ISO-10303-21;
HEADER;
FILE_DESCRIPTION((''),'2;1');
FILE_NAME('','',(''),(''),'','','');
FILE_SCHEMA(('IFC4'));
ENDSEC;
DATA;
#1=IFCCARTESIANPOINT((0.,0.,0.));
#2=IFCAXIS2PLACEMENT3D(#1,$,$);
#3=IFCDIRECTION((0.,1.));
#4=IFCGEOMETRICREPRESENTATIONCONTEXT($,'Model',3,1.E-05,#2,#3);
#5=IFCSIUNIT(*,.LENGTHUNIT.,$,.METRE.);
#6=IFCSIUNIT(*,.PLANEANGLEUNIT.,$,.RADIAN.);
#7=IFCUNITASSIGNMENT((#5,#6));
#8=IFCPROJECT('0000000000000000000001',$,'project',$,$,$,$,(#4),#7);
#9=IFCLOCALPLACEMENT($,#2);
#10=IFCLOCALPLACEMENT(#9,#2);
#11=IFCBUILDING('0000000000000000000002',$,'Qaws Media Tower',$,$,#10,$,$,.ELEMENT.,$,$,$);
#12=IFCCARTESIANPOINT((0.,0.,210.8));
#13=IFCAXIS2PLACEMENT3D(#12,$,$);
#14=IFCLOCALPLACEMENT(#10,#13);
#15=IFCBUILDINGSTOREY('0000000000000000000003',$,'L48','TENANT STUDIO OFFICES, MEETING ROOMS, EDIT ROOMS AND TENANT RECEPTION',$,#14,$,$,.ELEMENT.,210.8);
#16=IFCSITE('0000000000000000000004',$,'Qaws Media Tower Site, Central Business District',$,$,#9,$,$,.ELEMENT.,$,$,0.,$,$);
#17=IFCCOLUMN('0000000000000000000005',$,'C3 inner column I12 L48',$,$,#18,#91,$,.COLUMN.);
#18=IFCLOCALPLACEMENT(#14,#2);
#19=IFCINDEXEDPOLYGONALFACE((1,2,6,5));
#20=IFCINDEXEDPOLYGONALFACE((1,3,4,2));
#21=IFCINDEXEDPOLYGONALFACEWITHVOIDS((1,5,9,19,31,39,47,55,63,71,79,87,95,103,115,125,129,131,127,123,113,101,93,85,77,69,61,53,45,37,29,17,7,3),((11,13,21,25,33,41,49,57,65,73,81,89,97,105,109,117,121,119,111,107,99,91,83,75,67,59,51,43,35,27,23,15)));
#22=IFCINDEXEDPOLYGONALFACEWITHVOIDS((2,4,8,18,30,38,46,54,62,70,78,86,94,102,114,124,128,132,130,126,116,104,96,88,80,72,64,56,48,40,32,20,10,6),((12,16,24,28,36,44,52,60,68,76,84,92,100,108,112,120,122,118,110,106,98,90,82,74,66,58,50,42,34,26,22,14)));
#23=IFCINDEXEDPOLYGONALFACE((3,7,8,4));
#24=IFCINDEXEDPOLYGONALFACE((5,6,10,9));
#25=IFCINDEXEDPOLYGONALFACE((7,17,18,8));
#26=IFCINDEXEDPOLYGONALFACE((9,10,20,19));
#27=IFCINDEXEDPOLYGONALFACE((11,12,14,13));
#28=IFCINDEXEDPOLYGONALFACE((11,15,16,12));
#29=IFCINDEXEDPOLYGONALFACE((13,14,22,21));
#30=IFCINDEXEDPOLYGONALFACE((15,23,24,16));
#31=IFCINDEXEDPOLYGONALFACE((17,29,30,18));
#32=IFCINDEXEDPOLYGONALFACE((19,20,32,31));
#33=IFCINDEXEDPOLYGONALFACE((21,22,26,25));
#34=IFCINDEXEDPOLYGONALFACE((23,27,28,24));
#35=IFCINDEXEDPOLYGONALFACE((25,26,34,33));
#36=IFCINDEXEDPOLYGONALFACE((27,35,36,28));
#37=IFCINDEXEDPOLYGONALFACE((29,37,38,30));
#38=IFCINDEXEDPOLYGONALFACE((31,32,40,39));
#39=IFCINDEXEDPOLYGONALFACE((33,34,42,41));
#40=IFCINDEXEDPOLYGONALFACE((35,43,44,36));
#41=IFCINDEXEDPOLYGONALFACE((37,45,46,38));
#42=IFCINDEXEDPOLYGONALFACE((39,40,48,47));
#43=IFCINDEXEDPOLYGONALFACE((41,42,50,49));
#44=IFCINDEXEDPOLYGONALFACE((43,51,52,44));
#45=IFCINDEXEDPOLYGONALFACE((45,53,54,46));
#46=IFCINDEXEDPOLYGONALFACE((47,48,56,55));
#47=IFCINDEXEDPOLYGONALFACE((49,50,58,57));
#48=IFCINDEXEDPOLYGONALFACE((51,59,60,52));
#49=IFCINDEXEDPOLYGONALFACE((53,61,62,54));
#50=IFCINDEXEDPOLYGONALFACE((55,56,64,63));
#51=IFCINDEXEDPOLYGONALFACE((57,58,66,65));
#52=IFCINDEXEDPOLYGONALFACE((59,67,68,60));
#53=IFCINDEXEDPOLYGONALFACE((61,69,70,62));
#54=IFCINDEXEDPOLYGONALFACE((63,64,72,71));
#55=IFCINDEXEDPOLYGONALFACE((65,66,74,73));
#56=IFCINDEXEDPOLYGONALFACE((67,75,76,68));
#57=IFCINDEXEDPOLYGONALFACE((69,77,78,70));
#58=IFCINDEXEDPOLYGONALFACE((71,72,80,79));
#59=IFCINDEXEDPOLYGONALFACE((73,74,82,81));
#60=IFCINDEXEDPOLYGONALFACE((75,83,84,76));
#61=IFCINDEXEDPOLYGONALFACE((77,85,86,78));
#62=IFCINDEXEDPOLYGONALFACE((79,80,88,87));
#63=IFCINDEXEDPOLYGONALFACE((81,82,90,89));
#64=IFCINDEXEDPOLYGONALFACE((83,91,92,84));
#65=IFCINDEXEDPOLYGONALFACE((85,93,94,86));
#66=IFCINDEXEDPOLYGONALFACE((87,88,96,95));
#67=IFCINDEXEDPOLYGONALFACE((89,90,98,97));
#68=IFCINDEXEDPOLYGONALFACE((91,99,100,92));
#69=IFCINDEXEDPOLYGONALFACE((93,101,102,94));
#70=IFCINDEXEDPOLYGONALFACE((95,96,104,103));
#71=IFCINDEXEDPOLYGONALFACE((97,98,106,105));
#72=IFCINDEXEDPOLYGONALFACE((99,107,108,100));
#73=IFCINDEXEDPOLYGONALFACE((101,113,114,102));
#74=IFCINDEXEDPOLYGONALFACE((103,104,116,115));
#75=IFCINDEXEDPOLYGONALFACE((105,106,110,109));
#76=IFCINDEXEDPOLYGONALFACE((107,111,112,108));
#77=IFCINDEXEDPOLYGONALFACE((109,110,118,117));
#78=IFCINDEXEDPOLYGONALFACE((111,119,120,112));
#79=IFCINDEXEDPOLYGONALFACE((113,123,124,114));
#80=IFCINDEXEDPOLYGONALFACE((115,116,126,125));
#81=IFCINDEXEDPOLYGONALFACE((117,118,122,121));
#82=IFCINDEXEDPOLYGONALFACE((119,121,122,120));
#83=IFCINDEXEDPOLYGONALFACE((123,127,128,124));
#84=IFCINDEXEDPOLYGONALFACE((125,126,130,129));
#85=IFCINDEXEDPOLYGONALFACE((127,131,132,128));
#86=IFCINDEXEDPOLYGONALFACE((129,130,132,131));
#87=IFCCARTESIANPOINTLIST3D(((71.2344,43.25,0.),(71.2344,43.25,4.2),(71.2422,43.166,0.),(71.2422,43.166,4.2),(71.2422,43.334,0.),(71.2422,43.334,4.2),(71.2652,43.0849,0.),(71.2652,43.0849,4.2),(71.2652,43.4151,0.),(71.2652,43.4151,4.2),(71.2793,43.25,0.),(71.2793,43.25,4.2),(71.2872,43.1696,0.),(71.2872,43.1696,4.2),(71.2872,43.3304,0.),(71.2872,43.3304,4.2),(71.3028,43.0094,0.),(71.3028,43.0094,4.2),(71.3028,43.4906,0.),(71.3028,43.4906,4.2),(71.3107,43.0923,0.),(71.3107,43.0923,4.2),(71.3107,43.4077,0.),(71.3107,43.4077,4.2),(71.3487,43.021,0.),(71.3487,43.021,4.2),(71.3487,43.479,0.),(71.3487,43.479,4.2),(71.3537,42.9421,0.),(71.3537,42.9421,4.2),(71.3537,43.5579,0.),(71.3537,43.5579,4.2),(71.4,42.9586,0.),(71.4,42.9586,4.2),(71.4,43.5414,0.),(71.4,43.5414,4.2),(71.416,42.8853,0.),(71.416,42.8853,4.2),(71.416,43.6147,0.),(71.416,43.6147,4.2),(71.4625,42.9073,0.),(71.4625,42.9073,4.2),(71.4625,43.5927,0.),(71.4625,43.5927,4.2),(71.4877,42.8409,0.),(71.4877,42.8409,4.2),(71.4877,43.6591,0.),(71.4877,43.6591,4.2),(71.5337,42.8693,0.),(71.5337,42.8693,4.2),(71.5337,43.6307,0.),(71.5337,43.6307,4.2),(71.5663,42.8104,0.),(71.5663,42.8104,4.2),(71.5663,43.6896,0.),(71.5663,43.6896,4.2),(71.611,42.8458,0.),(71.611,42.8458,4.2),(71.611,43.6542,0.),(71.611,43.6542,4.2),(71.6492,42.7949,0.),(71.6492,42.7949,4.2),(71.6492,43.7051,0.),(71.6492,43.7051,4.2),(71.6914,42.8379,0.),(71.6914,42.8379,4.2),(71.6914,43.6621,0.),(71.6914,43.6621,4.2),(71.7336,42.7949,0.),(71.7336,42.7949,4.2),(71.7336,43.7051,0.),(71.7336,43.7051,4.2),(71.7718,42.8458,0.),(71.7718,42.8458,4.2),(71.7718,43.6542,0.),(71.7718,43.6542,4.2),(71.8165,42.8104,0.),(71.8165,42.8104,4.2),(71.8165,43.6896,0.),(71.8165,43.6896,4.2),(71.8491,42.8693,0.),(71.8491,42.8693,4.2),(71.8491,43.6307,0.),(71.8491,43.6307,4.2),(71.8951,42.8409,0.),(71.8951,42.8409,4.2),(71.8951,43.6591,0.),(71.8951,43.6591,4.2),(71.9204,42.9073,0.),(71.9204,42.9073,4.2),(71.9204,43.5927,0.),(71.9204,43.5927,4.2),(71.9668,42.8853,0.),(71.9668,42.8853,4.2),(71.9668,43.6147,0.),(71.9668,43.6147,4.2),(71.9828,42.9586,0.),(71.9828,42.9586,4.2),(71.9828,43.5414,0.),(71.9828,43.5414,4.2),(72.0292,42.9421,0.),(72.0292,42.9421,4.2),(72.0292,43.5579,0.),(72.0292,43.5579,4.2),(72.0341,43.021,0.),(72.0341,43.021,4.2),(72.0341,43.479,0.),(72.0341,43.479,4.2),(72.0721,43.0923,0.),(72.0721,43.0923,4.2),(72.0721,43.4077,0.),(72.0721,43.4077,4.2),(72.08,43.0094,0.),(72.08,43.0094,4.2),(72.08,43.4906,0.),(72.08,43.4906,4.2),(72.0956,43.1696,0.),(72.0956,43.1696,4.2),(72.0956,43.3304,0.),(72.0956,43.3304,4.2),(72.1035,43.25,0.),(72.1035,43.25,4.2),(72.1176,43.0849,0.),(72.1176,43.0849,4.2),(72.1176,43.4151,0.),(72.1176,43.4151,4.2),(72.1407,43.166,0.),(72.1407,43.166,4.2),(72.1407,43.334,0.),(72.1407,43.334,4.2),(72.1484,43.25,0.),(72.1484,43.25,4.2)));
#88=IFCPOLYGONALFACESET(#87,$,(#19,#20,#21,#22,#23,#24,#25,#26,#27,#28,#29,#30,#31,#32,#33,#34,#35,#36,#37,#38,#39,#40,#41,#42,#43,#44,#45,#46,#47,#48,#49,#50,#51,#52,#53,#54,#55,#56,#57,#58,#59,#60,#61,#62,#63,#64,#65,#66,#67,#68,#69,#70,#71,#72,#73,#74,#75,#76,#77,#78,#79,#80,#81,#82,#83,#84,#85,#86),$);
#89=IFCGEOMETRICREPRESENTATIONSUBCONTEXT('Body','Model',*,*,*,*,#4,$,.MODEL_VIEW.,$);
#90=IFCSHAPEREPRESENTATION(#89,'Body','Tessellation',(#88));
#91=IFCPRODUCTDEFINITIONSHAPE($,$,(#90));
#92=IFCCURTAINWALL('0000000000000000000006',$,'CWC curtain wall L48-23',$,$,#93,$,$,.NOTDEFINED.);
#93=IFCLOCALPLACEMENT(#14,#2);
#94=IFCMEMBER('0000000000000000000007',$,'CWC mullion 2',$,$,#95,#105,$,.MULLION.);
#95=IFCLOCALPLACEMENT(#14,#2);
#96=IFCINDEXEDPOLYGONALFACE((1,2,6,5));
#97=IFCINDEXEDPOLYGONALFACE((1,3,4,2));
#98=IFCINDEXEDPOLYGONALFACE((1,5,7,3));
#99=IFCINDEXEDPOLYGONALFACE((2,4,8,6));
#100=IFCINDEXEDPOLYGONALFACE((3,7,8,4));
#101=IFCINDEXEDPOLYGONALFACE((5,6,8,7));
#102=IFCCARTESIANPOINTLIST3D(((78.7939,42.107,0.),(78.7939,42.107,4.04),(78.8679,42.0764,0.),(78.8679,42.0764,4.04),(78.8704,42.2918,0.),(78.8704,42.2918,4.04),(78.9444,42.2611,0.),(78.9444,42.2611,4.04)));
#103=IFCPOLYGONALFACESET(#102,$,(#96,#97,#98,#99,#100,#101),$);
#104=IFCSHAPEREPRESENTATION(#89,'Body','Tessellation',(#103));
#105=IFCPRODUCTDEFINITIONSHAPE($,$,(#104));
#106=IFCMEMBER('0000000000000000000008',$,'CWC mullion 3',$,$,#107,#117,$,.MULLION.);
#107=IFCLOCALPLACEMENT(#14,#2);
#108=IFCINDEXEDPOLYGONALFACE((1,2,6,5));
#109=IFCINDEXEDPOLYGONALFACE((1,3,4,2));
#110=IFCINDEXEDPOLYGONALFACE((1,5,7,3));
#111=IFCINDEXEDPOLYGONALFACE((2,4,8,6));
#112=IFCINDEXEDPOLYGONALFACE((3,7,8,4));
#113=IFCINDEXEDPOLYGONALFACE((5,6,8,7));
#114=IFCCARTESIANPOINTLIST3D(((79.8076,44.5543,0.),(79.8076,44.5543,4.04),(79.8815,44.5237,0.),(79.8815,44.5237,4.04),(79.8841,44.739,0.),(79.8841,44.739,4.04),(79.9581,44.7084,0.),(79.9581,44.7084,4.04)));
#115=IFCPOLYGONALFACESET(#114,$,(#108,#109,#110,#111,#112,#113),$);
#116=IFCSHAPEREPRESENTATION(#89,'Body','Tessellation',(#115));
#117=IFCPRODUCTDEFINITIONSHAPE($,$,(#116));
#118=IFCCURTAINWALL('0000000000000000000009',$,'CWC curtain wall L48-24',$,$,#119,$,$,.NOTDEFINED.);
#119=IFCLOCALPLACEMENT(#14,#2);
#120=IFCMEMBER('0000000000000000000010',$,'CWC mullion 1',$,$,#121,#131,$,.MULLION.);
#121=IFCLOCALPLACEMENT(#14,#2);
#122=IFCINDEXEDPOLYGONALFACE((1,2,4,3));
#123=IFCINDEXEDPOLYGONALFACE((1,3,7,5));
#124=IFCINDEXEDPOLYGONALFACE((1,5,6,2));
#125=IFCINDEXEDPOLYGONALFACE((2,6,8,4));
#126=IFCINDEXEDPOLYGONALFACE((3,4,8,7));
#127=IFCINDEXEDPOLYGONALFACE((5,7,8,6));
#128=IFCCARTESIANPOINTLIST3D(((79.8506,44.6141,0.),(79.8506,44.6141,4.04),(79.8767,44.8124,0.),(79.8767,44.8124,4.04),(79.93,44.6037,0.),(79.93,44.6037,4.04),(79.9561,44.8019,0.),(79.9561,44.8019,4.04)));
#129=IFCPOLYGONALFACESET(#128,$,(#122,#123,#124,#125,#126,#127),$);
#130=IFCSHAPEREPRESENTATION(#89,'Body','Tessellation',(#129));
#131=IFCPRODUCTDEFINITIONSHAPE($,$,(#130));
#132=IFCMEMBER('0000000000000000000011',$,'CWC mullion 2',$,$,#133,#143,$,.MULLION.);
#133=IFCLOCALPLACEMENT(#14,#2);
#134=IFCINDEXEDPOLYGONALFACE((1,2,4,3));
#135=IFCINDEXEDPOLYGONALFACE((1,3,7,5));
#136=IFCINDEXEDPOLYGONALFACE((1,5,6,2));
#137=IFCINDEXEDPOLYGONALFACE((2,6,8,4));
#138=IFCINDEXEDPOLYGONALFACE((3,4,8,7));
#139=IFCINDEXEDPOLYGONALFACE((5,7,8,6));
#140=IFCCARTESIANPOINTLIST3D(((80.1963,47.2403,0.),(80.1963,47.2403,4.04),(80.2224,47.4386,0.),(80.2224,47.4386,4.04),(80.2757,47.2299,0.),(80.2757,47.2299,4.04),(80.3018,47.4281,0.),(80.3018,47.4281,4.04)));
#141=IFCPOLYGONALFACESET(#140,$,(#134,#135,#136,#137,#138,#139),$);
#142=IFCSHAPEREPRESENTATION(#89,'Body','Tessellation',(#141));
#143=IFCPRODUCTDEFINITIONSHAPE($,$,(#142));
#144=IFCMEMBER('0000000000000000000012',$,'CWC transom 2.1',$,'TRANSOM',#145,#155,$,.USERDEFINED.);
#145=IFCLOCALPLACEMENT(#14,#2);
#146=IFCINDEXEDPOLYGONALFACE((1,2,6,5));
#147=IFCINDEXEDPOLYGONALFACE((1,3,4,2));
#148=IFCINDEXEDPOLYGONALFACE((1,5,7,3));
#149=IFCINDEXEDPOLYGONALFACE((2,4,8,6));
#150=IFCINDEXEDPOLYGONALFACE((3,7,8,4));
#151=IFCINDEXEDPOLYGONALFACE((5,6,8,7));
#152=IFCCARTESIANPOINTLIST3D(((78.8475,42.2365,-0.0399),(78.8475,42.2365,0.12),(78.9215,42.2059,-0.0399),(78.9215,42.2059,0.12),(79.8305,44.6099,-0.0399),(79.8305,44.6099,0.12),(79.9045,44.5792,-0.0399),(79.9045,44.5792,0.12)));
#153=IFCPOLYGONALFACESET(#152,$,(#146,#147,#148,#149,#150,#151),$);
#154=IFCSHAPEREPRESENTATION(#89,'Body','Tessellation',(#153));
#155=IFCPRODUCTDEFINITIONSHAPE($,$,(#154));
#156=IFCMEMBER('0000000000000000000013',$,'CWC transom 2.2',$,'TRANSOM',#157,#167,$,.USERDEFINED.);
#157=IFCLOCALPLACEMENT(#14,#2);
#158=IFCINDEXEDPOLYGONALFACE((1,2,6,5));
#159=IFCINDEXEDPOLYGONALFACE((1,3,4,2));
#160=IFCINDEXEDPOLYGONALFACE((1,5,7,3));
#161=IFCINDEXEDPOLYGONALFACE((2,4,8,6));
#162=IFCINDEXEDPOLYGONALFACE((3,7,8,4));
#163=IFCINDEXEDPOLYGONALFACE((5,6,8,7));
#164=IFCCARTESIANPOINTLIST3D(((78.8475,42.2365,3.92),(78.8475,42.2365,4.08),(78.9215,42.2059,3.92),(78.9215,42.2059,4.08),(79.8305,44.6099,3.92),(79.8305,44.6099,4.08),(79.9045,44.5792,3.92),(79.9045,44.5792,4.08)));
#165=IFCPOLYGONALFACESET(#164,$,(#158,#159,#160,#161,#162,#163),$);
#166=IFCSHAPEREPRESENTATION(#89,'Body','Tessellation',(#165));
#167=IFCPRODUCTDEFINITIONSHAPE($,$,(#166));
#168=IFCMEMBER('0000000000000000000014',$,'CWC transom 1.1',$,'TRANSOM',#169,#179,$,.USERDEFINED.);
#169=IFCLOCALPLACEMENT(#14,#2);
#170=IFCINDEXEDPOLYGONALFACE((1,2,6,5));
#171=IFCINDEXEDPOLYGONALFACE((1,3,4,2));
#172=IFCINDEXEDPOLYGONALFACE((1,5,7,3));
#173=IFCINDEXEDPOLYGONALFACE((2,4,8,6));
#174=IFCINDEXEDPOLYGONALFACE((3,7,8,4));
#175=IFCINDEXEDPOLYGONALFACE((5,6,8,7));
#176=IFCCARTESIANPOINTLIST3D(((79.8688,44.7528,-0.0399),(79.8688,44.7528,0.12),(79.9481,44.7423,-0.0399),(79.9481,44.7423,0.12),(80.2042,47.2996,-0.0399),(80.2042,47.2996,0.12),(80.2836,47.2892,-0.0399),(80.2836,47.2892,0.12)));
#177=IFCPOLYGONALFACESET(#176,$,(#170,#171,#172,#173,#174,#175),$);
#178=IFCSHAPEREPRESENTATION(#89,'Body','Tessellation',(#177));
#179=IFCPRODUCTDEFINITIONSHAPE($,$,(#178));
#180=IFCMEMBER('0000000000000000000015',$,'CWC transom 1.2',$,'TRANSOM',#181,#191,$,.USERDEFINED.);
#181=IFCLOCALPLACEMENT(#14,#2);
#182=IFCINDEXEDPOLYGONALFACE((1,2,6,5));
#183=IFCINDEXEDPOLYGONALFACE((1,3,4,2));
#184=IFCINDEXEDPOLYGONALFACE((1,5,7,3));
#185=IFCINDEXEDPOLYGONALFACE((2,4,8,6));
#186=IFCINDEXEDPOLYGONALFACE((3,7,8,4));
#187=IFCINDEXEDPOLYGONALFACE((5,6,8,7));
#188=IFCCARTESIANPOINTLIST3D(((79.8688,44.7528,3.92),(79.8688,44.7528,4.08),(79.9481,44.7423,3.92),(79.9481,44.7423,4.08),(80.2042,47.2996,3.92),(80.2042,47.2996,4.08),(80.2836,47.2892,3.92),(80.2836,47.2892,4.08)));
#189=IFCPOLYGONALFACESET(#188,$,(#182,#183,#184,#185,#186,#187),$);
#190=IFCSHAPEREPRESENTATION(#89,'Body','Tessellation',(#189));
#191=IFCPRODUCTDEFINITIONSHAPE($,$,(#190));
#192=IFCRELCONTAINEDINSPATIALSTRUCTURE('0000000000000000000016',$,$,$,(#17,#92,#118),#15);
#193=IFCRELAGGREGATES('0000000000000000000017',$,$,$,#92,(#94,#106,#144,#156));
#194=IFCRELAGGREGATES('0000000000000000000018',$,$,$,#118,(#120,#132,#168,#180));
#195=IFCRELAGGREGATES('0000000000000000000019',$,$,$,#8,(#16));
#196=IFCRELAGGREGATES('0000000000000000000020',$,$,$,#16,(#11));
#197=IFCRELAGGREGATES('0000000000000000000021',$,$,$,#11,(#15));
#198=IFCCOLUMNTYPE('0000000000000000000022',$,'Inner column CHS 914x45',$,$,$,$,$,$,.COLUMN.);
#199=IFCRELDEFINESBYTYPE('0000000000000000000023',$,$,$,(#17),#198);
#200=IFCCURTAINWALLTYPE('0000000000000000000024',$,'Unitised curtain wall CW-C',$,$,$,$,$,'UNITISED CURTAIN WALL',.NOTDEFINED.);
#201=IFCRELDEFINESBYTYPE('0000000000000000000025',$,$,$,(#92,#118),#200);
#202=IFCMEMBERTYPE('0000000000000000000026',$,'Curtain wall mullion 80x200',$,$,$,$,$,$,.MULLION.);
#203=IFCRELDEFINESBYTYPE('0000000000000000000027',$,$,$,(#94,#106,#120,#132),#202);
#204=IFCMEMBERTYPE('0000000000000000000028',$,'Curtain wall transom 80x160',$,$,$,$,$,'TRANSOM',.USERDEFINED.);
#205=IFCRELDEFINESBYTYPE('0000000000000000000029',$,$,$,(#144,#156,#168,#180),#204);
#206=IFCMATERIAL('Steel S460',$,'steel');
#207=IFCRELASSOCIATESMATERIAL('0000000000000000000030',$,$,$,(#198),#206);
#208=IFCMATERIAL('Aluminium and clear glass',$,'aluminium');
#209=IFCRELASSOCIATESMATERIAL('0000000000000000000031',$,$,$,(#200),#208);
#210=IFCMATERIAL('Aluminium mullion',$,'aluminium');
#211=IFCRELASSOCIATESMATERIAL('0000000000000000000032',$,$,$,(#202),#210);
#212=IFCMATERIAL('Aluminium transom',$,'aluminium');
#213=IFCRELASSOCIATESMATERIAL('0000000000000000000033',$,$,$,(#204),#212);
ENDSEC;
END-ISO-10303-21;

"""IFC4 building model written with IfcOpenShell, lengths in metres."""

from ifc_helpers import new_model, si_unit, direction, frame, origin, origin_2d, place, context, subcontext, project, spatial, rectangle, hollow_circle, extrude, material, material_profile, profile_set, type_object, element, aggregate, save


model = new_model("IFC4")

# Units and contexts
model_context = context("Model", 3, precision=1e-05, world=origin(), true_north=direction((0.0, 1.0)))
body_context = subcontext(model_context, "Body", "Model", "MODEL_VIEW")
ifc_project = project(units=[si_unit("LENGTHUNIT", "METRE"), si_unit("PLANEANGLEUNIT", "RADIAN")], contexts=[model_context])

# Site, building, storey
site_placement = place(None, origin())
site = spatial("IfcSite", under=ifc_project, at=site_placement, Name="Qaws Media Tower Site, Central Business District", CompositionType="ELEMENT", RefElevation=0.0)
building_placement = place(site_placement, origin())
building = spatial("IfcBuilding", under=site, at=building_placement, Name="Qaws Media Tower", CompositionType="ELEMENT")
storey_placement = place(building_placement, frame((0.0, 0.0, 210.8)))
storey = spatial("IfcBuildingStorey", under=building, at=storey_placement, Name="L48", Description="TENANT STUDIO OFFICES, MEETING ROOMS, EDIT ROOMS AND TENANT RECEPTION", CompositionType="ELEMENT", Elevation=210.8)

# Column
ifc_material_1 = material(Name="Steel S460", Category="steel")
ifc_material_profile_1 = material_profile(ifc_material_1, hollow_circle(Radius=0.457, WallThickness=0.0449, at=origin_2d()), Name="CHS 914x45")
ifc_profile_set_1 = profile_set([ifc_material_profile_1], Name="Steel S460")
column_type = type_object("IfcColumnType", Name="Inner column CHS 914x45", PredefinedType="COLUMN", material=ifc_profile_set_1)
column_placement = place(storey_placement, frame((71.6914, 43.25, 0.0), z_axis=(0.0, 0.0, 1.0), x_axis=(1.0, 0.0, 0.0)))
element("IfcColumn", 1, at=column_placement, inside=storey, type_object=column_type, Name="C3 inner column I12 L48", PredefinedType="COLUMN", context=body_context, shape_type="SweptSolid", body=[
    extrude(hollow_circle(Radius=0.457, WallThickness=0.0449, at=origin_2d()), origin(), (0.0, 0.0, 1.0), 4.2),
])

# Curtain walls, members
ifc_material_2 = material(Name="Aluminium and clear glass", Category="aluminium")
curtain_wall_type = type_object("IfcCurtainWallType", Name="Unitised curtain wall CW-C", ElementType="UNITISED CURTAIN WALL", PredefinedType="NOTDEFINED", material=ifc_material_2)
curtain_wall_1_placement = place(storey_placement, origin())
curtain_wall_1 = element("IfcCurtainWall", 2, at=curtain_wall_1_placement, inside=storey, type_object=curtain_wall_type, Name="CWC curtain wall L48-23", PredefinedType="NOTDEFINED")
ifc_material_3 = material(Name="Aluminium mullion", Category="aluminium")
ifc_material_profile_2 = material_profile(ifc_material_3, rectangle(XDim=0.0801, YDim=0.2, at=origin_2d()), Name="80x200")
ifc_profile_set_2 = profile_set([ifc_material_profile_2], Name="Aluminium mullion")
member_type_1 = type_object("IfcMemberType", Name="Curtain wall mullion 80x200", PredefinedType="MULLION", material=ifc_profile_set_2)
member_1_placement = place(storey_placement, frame((78.8691, 42.1841, 0.0), z_axis=(0.0, 0.0, 1.0), x_axis=(-0.92388, 0.382683, 0.0)))
member_1 = element("IfcMember", 3, at=member_1_placement, type_object=member_type_1, Name="CWC mullion 2", PredefinedType="MULLION", context=body_context, shape_type="SweptSolid", body=[
    extrude(rectangle(XDim=0.0801, YDim=0.2, at=origin_2d()), origin(), (0.0, 0.0, 1.0), 4.04),
])
member_2_placement = place(storey_placement, frame((79.8828, 44.6313, 0.0), z_axis=(0.0, 0.0, 1.0), x_axis=(-0.92388, 0.382683, 0.0)))
member_2 = element("IfcMember", 4, at=member_2_placement, type_object=member_type_1, Name="CWC mullion 3", PredefinedType="MULLION", context=body_context, shape_type="SweptSolid", body=[
    extrude(rectangle(XDim=0.0801, YDim=0.2, at=origin_2d()), origin(), (0.0, 0.0, 1.0), 4.04),
])
curtain_wall_2_placement = place(storey_placement, origin())
curtain_wall_2 = element("IfcCurtainWall", 5, at=curtain_wall_2_placement, inside=storey, type_object=curtain_wall_type, Name="CWC curtain wall L48-24", PredefinedType="NOTDEFINED")
member_3_placement = place(storey_placement, frame((79.9033, 44.708, 0.0), z_axis=(0.0, 0.0, 1.0), x_axis=(-0.991445, 0.130526, 0.0)))
member_3 = element("IfcMember", 6, at=member_3_placement, type_object=member_type_1, Name="CWC mullion 1", PredefinedType="MULLION", context=body_context, shape_type="SweptSolid", body=[
    extrude(rectangle(XDim=0.0801, YDim=0.2, at=origin_2d()), origin(), (0.0, 0.0, 1.0), 4.04),
])
member_4_placement = place(storey_placement, frame((80.249, 47.3342, 0.0), z_axis=(0.0, 0.0, 1.0), x_axis=(-0.991445, 0.130526, 0.0)))
member_4 = element("IfcMember", 7, at=member_4_placement, type_object=member_type_1, Name="CWC mullion 2", PredefinedType="MULLION", context=body_context, shape_type="SweptSolid", body=[
    extrude(rectangle(XDim=0.0801, YDim=0.2, at=origin_2d()), origin(), (0.0, 0.0, 1.0), 4.04),
])

# Members
ifc_material_4 = material(Name="Aluminium transom", Category="aluminium")
ifc_material_profile_3 = material_profile(ifc_material_4, rectangle(XDim=0.0801, YDim=0.1599, at=origin_2d()), Name="80x160")
ifc_profile_set_3 = profile_set([ifc_material_profile_3], Name="Aluminium transom")
member_type_2 = type_object("IfcMemberType", Name="Curtain wall transom 80x160", ElementType="TRANSOM", PredefinedType="USERDEFINED", material=ifc_profile_set_3)
member_5_placement = place(storey_placement, frame((78.8845, 42.2212, 0.04), z_axis=(0.382637, 0.923899, 0.0), x_axis=(-0.923899, 0.382637, 0.0)))
member_5 = element("IfcMember", 8, at=member_5_placement, type_object=member_type_2, Name="CWC transom 2.1", ObjectType="TRANSOM", PredefinedType="USERDEFINED", context=body_context, shape_type="SweptSolid", body=[
    extrude(rectangle(XDim=0.0801, YDim=0.1599, at=origin_2d()), origin(), (0.0, 0.0, 1.0), 2.5688),
])
member_6_placement = place(storey_placement, frame((78.8845, 42.2212, 4.0), z_axis=(0.382637, 0.923899, 0.0), x_axis=(-0.923899, 0.382637, 0.0)))
member_6 = element("IfcMember", 9, at=member_6_placement, type_object=member_type_2, Name="CWC transom 2.2", ObjectType="TRANSOM", PredefinedType="USERDEFINED", context=body_context, shape_type="SweptSolid", body=[
    extrude(rectangle(XDim=0.0801, YDim=0.1599, at=origin_2d()), origin(), (0.0, 0.0, 1.0), 2.5688),
])
member_7_placement = place(storey_placement, frame((79.9084, 44.7476, 0.04), z_axis=(0.130582, 0.991437, 0.0), x_axis=(-0.991437, 0.130582, 0.0)))
member_7 = element("IfcMember", 10, at=member_7_placement, type_object=member_type_2, Name="CWC transom 1.1", ObjectType="TRANSOM", PredefinedType="USERDEFINED", context=body_context, shape_type="SweptSolid", body=[
    extrude(rectangle(XDim=0.0801, YDim=0.1599, at=origin_2d()), origin(), (0.0, 0.0, 1.0), 2.5688),
])
member_8_placement = place(storey_placement, frame((79.9084, 44.7476, 4.0), z_axis=(0.130582, 0.991437, 0.0), x_axis=(-0.991437, 0.130582, 0.0)))
member_8 = element("IfcMember", 11, at=member_8_placement, type_object=member_type_2, Name="CWC transom 1.2", ObjectType="TRANSOM", PredefinedType="USERDEFINED", context=body_context, shape_type="SweptSolid", body=[
    extrude(rectangle(XDim=0.0801, YDim=0.1599, at=origin_2d()), origin(), (0.0, 0.0, 1.0), 2.5688),
])

aggregate(curtain_wall_1, [member_1, member_2, member_5, member_6])
aggregate(curtain_wall_2, [member_3, member_4, member_7, member_8])

save(model, "model.ifc")
